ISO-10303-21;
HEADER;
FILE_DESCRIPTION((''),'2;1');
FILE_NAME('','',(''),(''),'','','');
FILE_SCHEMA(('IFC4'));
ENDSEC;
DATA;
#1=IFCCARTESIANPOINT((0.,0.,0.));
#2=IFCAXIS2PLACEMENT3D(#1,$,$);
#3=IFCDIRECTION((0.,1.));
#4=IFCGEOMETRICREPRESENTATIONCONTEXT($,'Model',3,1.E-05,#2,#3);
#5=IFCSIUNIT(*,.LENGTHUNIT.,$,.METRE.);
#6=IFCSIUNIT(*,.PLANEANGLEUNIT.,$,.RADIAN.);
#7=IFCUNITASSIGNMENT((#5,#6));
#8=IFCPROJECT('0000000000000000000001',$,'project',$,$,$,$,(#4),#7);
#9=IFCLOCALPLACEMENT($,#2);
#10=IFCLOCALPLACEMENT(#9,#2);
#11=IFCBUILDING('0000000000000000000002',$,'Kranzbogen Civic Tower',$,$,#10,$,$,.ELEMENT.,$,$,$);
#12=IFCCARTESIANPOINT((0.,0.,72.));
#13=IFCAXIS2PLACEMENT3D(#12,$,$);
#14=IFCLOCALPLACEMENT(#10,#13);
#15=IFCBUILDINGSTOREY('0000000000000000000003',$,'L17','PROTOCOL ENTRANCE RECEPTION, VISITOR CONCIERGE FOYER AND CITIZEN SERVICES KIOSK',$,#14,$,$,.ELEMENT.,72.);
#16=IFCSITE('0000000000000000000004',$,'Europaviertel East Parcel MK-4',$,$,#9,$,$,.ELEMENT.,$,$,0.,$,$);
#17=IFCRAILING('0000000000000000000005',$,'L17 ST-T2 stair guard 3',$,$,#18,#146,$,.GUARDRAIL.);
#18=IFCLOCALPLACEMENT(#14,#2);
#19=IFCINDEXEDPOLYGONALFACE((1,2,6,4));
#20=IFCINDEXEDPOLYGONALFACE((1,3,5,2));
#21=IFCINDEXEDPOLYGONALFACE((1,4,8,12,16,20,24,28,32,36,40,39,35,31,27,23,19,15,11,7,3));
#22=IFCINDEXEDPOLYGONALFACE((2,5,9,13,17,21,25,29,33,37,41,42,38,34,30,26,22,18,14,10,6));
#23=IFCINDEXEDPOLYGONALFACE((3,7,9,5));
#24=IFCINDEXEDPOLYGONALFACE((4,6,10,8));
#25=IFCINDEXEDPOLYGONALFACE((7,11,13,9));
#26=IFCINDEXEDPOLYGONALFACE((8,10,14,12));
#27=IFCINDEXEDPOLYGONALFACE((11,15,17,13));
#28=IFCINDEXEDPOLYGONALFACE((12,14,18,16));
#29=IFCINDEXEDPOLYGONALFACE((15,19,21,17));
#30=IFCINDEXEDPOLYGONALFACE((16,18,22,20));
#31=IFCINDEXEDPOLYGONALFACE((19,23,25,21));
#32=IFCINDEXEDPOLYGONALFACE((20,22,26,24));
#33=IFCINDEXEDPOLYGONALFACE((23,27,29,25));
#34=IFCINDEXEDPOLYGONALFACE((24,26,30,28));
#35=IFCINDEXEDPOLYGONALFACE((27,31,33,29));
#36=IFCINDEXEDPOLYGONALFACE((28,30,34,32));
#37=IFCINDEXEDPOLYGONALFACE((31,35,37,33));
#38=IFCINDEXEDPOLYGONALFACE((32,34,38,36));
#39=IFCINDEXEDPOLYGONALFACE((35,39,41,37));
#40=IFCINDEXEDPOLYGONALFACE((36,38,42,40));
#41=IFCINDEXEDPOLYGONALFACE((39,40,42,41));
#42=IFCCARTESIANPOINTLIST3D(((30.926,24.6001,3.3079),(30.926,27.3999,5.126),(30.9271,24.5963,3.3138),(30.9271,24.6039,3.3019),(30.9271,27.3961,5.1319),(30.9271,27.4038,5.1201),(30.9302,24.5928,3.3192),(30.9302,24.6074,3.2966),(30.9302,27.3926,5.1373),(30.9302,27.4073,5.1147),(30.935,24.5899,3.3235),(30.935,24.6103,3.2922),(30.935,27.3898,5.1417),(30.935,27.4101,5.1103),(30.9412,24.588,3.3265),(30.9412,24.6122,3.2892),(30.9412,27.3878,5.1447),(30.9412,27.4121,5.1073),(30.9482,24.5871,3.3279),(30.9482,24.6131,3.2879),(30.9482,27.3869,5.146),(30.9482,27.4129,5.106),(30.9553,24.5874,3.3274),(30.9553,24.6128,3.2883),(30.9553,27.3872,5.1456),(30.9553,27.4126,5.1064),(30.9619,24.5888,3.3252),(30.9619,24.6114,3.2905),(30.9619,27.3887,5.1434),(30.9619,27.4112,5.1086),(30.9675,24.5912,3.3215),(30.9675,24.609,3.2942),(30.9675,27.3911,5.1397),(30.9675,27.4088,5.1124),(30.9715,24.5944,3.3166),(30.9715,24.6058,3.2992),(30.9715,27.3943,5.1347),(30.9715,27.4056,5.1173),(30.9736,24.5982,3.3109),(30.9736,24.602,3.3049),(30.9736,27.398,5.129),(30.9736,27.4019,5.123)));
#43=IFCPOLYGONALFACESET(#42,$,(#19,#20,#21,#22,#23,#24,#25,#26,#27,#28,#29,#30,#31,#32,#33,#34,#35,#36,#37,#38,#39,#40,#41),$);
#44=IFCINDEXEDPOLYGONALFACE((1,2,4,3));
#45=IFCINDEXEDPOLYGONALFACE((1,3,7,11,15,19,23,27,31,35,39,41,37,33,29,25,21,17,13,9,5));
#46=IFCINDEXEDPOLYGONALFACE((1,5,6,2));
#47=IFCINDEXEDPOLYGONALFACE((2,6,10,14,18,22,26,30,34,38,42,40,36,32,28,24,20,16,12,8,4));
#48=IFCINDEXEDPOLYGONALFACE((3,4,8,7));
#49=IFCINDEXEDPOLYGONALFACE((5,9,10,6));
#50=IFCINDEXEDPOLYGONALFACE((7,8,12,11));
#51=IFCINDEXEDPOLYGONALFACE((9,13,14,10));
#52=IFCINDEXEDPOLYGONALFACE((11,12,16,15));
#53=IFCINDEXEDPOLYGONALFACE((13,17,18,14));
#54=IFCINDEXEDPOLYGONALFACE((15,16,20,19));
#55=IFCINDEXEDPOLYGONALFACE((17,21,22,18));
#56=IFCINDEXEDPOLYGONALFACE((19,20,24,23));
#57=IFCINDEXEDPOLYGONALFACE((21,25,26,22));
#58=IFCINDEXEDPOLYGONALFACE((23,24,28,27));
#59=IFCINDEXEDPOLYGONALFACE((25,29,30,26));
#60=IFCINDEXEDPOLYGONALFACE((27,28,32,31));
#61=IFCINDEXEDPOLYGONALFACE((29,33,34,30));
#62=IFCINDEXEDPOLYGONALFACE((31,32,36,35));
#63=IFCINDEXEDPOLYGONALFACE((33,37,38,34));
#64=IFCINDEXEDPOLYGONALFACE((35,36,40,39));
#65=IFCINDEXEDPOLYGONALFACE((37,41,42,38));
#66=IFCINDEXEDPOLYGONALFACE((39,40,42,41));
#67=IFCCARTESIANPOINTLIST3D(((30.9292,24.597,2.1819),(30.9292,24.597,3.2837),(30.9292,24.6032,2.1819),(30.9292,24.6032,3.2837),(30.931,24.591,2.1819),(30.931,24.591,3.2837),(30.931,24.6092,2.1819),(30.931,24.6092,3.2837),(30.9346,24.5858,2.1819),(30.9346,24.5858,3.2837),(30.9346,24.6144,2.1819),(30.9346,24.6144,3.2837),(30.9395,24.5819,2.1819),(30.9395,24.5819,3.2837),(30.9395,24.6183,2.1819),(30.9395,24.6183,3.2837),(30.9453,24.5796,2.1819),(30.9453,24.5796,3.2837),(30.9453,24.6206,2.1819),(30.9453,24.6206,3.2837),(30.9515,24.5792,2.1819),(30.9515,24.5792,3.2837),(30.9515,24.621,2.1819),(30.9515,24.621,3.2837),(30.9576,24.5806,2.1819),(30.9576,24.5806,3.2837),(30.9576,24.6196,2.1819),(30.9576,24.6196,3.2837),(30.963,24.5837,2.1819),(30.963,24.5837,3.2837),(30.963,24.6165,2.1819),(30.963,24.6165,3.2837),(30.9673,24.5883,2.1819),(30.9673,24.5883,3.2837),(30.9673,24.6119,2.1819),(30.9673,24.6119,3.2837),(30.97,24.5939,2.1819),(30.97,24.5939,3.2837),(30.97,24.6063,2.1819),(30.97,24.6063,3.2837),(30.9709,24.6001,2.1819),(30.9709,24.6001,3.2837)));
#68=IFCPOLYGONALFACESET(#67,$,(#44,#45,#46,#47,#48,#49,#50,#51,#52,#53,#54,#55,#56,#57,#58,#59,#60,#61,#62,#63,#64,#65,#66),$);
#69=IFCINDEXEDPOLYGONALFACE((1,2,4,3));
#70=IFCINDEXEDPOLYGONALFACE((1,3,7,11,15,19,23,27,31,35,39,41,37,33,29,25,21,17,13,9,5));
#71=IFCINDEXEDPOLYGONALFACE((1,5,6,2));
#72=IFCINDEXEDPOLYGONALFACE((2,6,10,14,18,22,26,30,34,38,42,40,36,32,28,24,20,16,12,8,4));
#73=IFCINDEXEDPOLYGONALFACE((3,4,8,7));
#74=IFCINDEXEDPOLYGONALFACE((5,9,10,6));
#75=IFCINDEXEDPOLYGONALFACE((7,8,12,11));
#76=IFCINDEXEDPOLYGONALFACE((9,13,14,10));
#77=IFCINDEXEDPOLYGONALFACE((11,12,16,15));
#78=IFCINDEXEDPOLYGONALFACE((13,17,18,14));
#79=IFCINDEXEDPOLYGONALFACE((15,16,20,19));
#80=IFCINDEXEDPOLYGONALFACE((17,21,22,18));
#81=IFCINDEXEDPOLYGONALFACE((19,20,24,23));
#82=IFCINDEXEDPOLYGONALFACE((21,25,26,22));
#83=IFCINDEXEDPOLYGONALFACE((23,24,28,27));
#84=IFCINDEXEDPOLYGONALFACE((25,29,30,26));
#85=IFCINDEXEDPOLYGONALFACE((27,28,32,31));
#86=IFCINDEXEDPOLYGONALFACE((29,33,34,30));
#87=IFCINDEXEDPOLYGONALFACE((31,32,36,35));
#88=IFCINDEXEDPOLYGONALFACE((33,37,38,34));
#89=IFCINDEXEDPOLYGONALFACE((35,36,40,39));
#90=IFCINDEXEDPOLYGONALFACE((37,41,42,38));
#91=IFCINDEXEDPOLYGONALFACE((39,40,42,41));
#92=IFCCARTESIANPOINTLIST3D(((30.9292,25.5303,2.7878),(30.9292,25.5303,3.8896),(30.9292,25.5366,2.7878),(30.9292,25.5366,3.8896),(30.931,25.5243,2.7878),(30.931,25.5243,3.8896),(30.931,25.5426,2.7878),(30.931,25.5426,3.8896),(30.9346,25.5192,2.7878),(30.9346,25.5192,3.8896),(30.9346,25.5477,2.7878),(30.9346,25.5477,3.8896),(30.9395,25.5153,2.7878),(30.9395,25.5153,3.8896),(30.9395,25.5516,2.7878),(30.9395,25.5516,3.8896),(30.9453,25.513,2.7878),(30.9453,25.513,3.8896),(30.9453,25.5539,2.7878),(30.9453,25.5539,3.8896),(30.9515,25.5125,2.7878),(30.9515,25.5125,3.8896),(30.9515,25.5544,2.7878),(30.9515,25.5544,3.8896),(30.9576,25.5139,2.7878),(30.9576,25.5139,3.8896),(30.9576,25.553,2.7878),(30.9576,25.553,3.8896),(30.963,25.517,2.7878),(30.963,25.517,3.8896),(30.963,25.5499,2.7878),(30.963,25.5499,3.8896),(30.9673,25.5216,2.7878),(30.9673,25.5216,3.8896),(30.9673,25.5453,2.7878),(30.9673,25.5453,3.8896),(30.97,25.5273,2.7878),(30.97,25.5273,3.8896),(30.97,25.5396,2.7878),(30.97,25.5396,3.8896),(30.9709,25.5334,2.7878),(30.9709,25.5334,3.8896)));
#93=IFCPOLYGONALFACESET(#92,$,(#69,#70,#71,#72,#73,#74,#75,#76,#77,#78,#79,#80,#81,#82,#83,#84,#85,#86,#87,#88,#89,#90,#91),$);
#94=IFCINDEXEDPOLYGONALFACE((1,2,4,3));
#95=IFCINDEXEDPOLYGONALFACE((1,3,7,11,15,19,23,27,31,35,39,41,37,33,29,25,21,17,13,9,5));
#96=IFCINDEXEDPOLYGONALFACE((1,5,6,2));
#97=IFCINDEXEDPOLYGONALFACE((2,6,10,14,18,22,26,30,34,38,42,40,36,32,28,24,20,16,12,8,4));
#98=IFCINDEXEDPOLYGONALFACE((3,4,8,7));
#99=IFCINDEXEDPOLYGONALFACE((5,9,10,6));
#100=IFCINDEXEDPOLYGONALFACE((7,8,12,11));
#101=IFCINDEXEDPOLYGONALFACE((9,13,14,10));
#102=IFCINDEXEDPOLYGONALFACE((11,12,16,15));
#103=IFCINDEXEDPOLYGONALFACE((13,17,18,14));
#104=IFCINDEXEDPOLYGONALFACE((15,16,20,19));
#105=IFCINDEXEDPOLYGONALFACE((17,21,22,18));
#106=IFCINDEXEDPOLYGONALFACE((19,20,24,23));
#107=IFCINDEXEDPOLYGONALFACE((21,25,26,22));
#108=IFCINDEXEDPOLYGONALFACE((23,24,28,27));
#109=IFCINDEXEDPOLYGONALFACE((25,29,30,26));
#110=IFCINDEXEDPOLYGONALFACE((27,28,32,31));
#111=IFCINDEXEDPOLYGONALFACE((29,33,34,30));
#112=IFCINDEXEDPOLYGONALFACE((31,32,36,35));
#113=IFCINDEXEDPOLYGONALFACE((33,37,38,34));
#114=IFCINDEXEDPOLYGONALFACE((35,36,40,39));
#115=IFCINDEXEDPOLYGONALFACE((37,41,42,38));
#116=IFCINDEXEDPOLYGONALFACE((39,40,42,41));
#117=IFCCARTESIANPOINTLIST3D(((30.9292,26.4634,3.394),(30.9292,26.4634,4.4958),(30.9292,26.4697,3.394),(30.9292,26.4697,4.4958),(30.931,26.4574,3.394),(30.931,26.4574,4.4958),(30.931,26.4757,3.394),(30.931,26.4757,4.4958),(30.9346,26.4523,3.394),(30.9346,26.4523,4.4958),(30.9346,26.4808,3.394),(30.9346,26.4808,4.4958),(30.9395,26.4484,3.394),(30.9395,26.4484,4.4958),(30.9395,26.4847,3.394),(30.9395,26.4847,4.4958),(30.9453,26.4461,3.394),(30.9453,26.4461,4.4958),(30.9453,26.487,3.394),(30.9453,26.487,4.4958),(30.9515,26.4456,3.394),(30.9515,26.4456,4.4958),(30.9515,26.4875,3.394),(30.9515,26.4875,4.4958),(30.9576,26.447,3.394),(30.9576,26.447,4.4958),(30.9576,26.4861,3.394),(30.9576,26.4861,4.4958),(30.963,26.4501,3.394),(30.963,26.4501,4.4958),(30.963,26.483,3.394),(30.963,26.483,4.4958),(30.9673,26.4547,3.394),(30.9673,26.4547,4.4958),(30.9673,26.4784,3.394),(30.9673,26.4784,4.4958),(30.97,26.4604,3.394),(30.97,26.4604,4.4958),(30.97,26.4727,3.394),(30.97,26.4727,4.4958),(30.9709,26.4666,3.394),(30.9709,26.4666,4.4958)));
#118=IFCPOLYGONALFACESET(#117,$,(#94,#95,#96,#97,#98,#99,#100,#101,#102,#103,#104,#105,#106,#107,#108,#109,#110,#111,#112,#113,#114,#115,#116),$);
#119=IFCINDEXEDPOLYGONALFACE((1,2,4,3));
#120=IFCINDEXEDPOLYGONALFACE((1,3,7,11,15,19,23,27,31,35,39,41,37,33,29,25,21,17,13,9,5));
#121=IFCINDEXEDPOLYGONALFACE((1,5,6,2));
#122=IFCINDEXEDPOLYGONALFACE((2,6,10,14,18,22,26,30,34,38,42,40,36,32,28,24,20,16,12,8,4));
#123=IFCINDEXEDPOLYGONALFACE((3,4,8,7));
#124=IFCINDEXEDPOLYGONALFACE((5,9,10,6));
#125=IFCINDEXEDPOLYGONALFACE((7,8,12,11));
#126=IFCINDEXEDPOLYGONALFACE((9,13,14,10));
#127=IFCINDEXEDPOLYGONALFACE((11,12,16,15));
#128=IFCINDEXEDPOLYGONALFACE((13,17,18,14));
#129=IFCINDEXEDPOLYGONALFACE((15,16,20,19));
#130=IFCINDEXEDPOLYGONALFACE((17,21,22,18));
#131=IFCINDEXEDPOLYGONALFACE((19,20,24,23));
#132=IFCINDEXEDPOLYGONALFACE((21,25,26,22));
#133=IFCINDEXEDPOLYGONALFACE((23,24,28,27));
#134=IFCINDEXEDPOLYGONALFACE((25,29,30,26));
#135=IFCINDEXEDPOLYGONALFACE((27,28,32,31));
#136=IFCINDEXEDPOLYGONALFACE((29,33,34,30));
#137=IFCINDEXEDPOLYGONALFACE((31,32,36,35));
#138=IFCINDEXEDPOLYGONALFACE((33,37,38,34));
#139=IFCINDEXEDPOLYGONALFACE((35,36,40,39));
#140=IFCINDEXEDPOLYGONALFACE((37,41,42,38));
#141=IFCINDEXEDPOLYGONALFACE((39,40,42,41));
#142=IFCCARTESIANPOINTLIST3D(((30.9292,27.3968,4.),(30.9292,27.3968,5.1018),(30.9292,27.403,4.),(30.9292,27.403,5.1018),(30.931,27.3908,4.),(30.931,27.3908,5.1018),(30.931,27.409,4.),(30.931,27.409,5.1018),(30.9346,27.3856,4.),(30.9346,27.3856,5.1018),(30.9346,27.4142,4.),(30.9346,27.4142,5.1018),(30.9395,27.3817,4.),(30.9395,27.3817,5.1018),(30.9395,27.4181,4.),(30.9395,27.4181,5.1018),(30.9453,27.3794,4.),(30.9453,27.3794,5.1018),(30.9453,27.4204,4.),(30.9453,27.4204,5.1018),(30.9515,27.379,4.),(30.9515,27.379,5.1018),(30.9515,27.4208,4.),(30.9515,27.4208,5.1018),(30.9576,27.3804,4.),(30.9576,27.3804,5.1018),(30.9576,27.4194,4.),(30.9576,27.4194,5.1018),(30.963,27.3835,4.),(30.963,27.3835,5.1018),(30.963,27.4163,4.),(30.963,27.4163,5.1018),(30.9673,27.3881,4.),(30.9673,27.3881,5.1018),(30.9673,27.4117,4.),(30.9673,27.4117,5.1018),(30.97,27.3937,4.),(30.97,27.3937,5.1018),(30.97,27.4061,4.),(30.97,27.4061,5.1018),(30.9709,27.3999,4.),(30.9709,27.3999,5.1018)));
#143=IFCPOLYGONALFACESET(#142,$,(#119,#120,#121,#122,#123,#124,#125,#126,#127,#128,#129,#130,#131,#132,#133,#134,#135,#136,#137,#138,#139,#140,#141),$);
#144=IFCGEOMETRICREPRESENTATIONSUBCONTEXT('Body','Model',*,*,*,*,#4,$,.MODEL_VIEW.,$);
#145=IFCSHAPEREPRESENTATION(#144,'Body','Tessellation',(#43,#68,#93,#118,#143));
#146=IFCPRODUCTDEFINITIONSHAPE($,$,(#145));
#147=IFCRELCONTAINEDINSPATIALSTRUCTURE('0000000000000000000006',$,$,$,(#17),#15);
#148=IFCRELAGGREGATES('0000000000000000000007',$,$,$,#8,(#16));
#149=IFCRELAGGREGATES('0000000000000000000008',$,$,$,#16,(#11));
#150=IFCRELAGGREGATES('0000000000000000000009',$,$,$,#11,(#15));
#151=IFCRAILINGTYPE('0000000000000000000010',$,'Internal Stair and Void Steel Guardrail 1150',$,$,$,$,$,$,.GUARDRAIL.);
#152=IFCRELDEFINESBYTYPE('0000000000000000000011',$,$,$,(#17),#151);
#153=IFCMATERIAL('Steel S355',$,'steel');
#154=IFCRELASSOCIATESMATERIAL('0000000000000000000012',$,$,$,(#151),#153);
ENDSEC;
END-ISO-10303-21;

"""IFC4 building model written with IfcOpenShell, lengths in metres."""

from ifc_helpers import new_model, si_unit, direction, frame, origin, origin_2d, place, context, subcontext, project, spatial, circle, extrude, material, type_object, element, save


model = new_model("IFC4")

# Units and contexts
model_context = context("Model", 3, precision=1e-05, world=origin(), true_north=direction((0.0, 1.0)))
body_context = subcontext(model_context, "Body", "Model", "MODEL_VIEW")
ifc_project = project(units=[si_unit("LENGTHUNIT", "METRE"), si_unit("PLANEANGLEUNIT", "RADIAN")], contexts=[model_context])

# Site, building, storey
site_placement = place(None, origin())
site = spatial("IfcSite", under=ifc_project, at=site_placement, Name="Europaviertel East Parcel MK-4", CompositionType="ELEMENT", RefElevation=0.0)
building_placement = place(site_placement, origin())
building = spatial("IfcBuilding", under=site, at=building_placement, Name="Kranzbogen Civic Tower", CompositionType="ELEMENT")
storey_placement = place(building_placement, frame((0.0, 0.0, 72.0)))
storey = spatial("IfcBuildingStorey", under=building, at=storey_placement, Name="L17", Description="PROTOCOL ENTRANCE RECEPTION, VISITOR CONCIERGE FOYER AND CITIZEN SERVICES KIOSK", CompositionType="ELEMENT", Elevation=72.0)

# Shared definitions
ifc_material_1 = material(Name="Steel S355", Category="steel")

# Railing
railing_type_1 = type_object("IfcRailingType", Name="Internal Stair and Void Steel Guardrail 1150", PredefinedType="GUARDRAIL", material=ifc_material_1)
railing_1_placement = place(storey_placement, frame((30.95, 24.6001, 2.1819)))
element("IfcRailing", 1, at=railing_1_placement, inside=storey, type_object=railing_type_1, Name="L17 ST-T2 stair guard 3", PredefinedType="GUARDRAIL", context=body_context, shape_type="SweptSolid", body=[
    extrude(circle(Radius=0.0239, at=origin_2d()), frame((0.0, 0.0, 1.126), z_axis=(0.0, 0.838684, 0.544618), x_axis=(-1.0, 0.0, 0.0)), (0.0, 0.0, 1.0), 3.3384),
    extrude(circle(Radius=0.021, at=origin_2d()), origin(), (0.0, 0.0, 1.0), 1.1018),
    extrude(circle(Radius=0.021, at=origin_2d()), frame((0.0, 0.9333, 0.606)), (0.0, 0.0, 1.0), 1.1018),
    extrude(circle(Radius=0.021, at=origin_2d()), frame((0.0, 1.8665, 1.2122)), (0.0, 0.0, 1.0), 1.1018),
    extrude(circle(Radius=0.021, at=origin_2d()), frame((0.0, 2.7998, 1.8181)), (0.0, 0.0, 1.0), 1.1018),
])

save(model, "model.ifc")
